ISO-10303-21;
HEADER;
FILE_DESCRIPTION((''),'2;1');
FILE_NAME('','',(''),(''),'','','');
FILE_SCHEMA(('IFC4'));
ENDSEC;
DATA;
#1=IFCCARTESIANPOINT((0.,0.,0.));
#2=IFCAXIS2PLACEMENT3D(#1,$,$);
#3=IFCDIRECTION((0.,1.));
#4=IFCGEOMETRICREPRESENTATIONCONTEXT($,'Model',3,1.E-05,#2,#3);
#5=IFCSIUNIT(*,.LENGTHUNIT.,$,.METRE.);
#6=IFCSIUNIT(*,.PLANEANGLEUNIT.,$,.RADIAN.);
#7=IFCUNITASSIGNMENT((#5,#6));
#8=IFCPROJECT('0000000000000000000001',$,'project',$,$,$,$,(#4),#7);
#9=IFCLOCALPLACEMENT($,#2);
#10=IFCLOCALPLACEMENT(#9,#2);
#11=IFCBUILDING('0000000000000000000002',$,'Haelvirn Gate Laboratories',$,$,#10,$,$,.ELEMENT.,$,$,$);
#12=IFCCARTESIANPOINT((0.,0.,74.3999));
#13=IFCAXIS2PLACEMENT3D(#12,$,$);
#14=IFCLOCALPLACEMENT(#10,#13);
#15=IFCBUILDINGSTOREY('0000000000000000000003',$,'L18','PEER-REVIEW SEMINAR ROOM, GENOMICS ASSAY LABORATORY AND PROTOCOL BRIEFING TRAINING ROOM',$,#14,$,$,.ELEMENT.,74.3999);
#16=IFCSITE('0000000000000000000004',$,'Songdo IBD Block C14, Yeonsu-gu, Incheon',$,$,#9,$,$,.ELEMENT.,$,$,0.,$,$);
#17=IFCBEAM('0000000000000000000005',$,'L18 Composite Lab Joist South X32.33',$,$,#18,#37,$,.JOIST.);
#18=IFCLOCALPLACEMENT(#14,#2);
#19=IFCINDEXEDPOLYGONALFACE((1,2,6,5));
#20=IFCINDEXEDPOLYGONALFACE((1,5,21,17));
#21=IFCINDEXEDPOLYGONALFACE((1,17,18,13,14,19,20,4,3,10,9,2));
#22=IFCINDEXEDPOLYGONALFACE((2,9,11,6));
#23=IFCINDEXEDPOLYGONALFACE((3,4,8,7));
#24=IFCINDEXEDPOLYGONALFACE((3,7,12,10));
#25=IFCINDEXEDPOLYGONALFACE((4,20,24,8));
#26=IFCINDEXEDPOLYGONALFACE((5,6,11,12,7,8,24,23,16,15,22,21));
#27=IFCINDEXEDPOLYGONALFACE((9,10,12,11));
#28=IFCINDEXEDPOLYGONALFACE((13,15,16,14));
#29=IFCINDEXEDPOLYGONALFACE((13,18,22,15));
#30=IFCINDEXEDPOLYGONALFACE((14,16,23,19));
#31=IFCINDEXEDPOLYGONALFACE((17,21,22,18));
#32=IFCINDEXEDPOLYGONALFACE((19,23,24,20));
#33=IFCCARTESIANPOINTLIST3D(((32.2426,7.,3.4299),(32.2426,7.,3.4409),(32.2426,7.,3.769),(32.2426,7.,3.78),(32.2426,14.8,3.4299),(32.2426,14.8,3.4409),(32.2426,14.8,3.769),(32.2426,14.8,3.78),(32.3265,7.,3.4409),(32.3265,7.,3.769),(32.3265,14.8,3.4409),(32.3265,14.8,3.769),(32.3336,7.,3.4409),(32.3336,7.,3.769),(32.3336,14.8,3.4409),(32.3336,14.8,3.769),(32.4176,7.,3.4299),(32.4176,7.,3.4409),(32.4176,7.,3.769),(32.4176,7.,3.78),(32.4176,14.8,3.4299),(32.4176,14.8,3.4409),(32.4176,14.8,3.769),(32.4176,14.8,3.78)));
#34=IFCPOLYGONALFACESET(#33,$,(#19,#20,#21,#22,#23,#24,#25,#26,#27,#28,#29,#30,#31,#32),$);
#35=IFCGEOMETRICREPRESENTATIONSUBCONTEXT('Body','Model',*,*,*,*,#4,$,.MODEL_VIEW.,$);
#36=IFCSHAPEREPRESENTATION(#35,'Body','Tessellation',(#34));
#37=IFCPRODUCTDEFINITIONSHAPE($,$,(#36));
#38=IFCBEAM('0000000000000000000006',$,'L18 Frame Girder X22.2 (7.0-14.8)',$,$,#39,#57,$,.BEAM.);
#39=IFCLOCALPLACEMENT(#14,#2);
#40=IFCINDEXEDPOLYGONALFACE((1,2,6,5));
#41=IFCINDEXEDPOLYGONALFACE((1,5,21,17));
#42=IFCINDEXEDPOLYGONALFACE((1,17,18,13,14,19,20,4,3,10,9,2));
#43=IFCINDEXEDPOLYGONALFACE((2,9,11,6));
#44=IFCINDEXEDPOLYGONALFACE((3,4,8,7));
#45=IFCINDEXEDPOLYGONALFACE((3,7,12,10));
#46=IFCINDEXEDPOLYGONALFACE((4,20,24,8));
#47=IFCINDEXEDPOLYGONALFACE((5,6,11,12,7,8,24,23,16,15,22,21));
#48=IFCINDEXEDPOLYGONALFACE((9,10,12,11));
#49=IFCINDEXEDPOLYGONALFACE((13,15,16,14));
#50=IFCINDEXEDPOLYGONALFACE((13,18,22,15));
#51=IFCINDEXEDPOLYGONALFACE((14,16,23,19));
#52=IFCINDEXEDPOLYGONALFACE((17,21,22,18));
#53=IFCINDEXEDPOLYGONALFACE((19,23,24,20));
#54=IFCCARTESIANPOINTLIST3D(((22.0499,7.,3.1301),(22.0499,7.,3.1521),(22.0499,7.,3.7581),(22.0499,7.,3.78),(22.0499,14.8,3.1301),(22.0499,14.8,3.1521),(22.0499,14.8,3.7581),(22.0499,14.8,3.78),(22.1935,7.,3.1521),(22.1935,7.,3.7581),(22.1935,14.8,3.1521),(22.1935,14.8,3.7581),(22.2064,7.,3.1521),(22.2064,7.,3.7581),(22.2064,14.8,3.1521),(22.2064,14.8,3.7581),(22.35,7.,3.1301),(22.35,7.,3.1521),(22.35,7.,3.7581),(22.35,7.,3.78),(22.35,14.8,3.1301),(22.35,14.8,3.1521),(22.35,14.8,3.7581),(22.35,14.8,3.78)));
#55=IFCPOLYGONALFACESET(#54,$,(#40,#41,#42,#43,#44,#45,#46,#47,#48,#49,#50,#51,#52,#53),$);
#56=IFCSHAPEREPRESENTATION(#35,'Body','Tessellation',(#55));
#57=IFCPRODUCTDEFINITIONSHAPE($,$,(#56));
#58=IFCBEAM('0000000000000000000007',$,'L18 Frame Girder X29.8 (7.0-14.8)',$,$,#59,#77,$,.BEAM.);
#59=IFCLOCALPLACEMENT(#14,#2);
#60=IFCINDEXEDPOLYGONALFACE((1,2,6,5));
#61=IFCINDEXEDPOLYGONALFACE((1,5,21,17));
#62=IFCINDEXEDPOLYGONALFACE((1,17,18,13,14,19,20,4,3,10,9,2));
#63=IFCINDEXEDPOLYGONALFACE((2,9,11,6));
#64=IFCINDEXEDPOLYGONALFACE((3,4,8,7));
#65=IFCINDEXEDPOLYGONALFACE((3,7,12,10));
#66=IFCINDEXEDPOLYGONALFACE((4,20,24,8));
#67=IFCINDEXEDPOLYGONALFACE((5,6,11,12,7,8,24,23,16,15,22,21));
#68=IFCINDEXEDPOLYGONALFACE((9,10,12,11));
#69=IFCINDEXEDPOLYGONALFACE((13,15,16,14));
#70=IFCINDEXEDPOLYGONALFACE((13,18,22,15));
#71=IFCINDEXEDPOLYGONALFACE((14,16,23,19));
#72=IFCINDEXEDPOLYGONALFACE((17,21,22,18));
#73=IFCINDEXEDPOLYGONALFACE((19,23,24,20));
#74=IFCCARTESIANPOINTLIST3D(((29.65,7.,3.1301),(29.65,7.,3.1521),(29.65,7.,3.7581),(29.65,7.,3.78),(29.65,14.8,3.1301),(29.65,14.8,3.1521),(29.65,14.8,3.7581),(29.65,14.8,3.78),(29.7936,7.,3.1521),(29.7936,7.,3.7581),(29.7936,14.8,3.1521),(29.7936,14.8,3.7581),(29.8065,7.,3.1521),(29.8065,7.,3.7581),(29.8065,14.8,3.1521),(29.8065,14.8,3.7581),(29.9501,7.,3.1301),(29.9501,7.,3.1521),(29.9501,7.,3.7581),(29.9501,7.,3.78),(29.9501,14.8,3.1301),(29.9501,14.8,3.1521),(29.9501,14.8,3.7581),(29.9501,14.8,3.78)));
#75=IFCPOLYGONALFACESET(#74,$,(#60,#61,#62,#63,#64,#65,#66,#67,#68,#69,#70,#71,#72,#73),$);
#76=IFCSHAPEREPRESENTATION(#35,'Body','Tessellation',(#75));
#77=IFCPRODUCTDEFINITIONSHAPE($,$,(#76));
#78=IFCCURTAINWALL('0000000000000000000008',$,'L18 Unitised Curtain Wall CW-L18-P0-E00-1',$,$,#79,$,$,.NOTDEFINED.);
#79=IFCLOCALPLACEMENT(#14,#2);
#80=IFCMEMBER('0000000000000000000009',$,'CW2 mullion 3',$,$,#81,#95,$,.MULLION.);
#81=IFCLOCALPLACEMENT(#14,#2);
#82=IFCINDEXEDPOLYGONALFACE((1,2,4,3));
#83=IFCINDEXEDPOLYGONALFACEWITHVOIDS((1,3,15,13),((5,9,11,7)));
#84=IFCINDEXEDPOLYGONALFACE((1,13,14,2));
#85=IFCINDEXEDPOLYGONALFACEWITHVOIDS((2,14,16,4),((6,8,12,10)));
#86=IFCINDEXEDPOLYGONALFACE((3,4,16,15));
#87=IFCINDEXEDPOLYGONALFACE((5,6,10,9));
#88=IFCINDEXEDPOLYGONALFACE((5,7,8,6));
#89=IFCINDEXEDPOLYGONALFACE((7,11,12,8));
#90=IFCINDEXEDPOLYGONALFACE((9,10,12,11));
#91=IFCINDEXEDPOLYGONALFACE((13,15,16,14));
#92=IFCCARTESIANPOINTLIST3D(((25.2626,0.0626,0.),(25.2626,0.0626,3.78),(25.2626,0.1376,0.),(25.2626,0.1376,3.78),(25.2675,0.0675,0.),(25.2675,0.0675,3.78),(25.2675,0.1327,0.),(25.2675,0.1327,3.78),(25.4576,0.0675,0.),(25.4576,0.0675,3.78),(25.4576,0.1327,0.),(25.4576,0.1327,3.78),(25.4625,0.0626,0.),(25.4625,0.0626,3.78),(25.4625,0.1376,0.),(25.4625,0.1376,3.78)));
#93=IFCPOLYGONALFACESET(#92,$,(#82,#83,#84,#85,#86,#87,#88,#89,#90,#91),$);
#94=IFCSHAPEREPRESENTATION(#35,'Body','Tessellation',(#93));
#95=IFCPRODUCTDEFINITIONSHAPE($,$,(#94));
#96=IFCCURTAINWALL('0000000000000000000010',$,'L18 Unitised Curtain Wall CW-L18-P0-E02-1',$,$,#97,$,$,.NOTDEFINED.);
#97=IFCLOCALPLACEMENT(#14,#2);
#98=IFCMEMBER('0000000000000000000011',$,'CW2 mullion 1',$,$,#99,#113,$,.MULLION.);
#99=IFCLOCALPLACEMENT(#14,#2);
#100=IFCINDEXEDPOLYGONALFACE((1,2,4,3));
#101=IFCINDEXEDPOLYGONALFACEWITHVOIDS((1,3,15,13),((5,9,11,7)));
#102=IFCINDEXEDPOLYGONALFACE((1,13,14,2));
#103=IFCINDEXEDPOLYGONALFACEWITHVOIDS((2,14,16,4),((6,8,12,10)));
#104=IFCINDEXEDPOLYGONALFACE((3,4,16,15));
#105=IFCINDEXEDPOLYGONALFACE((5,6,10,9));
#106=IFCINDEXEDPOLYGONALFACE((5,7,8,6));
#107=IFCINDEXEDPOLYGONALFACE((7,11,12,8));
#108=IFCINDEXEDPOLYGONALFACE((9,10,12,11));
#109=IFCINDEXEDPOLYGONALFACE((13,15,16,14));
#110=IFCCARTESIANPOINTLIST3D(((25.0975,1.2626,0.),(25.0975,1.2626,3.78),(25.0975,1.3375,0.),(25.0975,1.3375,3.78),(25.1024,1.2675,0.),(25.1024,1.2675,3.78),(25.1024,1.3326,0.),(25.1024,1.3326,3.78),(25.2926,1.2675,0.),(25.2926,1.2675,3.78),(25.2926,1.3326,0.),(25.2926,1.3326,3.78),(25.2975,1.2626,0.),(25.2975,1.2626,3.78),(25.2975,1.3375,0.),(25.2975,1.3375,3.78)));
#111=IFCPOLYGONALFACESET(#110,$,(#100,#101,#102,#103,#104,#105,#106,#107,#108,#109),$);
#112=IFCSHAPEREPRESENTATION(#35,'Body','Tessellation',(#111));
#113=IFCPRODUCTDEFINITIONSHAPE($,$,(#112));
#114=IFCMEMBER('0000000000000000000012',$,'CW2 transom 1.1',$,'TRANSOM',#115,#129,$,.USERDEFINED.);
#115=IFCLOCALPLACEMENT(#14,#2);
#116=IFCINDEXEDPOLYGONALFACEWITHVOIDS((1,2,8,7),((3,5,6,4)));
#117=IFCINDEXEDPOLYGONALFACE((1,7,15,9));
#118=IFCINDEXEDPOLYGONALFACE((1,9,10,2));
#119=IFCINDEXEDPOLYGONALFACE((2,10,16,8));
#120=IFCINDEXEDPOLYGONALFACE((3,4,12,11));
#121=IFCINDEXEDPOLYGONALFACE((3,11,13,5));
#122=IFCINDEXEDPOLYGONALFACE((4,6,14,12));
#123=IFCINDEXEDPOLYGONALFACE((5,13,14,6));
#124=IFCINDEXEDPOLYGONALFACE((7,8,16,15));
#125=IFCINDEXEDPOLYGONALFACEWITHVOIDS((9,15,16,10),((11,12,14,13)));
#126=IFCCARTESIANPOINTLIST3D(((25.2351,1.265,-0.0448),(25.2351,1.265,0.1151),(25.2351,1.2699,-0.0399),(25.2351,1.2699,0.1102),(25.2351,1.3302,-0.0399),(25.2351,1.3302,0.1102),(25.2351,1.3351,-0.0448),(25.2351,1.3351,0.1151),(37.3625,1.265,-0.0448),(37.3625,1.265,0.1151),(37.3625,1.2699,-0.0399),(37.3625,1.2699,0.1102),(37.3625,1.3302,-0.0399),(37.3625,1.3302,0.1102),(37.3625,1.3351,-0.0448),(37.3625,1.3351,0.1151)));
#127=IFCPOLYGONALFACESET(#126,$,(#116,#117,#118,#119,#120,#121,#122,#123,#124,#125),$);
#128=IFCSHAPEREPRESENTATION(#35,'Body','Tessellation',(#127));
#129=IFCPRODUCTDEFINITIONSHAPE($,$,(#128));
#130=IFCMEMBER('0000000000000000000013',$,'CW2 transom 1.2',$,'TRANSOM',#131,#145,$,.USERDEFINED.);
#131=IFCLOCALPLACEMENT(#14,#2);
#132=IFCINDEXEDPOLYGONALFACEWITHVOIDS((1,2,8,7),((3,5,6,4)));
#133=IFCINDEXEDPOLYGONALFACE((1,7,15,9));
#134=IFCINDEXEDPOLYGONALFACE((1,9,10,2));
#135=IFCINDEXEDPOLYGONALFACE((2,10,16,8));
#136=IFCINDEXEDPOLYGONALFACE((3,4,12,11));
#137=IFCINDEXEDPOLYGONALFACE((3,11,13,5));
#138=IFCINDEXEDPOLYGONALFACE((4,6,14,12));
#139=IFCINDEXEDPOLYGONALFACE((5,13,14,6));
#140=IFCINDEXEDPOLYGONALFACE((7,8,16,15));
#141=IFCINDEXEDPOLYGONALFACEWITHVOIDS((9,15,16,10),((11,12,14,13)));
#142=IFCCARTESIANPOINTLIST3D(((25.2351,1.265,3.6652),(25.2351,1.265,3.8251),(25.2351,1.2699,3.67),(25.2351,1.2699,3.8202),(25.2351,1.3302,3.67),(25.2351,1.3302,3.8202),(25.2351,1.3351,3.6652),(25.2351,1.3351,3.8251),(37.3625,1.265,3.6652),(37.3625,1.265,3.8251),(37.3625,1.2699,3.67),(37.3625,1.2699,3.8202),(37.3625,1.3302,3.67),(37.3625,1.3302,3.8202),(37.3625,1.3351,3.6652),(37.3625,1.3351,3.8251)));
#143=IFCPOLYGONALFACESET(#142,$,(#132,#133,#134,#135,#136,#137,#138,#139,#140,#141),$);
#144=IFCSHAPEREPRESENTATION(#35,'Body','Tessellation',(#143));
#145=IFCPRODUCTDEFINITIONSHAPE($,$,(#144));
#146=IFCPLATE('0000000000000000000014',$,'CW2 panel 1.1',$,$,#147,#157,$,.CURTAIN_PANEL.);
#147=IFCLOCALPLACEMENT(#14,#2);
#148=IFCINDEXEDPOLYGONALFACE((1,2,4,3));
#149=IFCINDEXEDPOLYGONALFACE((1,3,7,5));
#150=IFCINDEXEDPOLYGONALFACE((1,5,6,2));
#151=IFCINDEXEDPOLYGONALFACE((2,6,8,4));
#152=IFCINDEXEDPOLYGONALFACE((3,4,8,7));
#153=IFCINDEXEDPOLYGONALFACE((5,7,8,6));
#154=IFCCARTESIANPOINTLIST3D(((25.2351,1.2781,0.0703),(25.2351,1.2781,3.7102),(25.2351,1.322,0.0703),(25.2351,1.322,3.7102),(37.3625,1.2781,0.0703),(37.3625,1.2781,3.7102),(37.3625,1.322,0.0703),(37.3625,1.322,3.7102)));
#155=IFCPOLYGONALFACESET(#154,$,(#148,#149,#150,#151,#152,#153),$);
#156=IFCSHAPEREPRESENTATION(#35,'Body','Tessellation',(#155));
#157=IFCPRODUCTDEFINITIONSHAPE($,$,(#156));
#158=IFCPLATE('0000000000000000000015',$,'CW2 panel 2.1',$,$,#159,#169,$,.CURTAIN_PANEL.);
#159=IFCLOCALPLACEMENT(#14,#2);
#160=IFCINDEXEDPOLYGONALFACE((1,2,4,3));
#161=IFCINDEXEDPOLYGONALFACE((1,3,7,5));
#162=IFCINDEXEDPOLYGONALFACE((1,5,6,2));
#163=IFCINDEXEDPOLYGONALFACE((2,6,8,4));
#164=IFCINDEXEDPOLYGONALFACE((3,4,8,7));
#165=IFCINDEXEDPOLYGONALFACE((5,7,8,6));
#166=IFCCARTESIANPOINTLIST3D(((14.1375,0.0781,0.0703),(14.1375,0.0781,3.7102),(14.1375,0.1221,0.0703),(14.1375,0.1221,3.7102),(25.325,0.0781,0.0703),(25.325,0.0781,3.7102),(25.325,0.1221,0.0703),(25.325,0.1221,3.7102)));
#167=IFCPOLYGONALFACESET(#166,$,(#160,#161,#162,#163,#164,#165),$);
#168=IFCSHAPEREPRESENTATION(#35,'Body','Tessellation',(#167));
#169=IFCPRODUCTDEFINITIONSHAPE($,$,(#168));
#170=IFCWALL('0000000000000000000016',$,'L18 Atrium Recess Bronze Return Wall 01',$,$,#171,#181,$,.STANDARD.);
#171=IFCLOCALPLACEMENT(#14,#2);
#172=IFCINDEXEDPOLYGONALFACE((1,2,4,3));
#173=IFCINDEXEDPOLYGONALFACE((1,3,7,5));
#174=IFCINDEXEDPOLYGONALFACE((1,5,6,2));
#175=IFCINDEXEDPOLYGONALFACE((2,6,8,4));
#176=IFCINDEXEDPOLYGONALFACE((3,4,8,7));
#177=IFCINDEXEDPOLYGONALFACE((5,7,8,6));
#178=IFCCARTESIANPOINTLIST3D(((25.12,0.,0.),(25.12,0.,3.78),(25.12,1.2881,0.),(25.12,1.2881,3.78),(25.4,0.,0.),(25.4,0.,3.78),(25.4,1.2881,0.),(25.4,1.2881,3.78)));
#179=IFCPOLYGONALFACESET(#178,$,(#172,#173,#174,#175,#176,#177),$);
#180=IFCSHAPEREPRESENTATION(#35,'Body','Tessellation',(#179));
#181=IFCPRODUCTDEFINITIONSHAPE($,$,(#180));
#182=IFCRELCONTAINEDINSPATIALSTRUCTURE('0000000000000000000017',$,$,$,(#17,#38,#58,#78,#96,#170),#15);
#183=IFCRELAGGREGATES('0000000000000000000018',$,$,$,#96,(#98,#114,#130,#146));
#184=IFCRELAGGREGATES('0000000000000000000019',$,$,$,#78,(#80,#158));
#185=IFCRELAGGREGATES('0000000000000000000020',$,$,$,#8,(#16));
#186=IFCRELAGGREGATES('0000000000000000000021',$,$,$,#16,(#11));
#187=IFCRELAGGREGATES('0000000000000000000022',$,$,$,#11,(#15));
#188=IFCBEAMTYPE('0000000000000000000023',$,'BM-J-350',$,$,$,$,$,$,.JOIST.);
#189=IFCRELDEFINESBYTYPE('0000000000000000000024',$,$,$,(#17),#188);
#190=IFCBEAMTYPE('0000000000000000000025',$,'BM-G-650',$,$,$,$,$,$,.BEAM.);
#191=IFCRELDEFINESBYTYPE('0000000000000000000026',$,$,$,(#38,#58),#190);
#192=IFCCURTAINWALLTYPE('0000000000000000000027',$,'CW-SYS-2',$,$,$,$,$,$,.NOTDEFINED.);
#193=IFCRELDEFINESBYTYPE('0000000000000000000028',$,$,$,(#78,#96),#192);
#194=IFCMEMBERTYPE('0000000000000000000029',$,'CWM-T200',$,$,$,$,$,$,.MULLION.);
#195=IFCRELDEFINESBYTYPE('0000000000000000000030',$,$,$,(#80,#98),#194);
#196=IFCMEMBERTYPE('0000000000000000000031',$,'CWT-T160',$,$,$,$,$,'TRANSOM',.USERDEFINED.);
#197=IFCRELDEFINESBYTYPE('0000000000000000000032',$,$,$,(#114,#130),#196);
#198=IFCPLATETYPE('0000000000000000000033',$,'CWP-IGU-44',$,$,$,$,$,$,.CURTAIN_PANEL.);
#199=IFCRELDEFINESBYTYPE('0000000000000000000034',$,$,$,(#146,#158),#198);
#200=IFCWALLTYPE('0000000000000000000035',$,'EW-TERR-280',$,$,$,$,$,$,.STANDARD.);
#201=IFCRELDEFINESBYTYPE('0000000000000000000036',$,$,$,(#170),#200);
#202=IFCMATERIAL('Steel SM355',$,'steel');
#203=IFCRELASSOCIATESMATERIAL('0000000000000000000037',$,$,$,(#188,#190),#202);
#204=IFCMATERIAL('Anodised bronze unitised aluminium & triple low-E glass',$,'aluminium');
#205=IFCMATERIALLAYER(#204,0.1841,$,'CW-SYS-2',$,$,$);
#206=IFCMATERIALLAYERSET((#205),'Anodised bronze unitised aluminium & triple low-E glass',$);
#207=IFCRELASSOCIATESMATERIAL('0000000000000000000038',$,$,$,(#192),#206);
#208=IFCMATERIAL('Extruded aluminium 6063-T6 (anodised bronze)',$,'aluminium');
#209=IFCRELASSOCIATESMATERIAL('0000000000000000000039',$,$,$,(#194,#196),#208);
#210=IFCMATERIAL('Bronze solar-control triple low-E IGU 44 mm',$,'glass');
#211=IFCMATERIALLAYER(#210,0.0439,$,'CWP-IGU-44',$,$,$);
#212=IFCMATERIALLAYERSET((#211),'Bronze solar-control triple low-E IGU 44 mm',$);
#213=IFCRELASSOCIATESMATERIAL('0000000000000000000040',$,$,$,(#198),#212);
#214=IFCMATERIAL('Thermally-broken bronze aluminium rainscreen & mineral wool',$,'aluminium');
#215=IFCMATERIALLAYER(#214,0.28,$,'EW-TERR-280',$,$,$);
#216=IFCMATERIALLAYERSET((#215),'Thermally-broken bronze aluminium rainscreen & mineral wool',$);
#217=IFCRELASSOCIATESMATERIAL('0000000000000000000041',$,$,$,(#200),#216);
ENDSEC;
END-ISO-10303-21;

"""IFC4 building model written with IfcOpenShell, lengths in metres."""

from ifc_helpers import new_model, si_unit, direction, frame, frame_2d, origin, origin_2d, place, context, subcontext, project, spatial, rectangle, hollow_rectangle, i_section, extrude, source, transform, mapped, material, layer, layer_set, material_profile, profile_set, type_object, type_shapes, element, aggregate, save


model = new_model("IFC4")

# Units and contexts
model_context = context("Model", 3, precision=1e-05, world=origin(), true_north=direction((0.0, 1.0)))
body_context = subcontext(model_context, "Body", "Model", "MODEL_VIEW")
ifc_project = project(units=[si_unit("LENGTHUNIT", "METRE"), si_unit("PLANEANGLEUNIT", "RADIAN")], contexts=[model_context])

# Site, building, storey
site_placement = place(None, origin())
site = spatial("IfcSite", under=ifc_project, at=site_placement, Name="Songdo IBD Block C14, Yeonsu-gu, Incheon", CompositionType="ELEMENT", RefElevation=0.0)
building_placement = place(site_placement, origin())
building = spatial("IfcBuilding", under=site, at=building_placement, Name="Haelvirn Gate Laboratories", CompositionType="ELEMENT")
storey_placement = place(building_placement, frame((0.0, 0.0, 74.3999)))
storey = spatial("IfcBuildingStorey", under=building, at=storey_placement, Name="L18", Description="PEER-REVIEW SEMINAR ROOM, GENOMICS ASSAY LABORATORY AND PROTOCOL BRIEFING TRAINING ROOM", CompositionType="ELEMENT", Elevation=74.3999)

# Beams
ifc_material_1 = material(Name="Steel SM355", Category="steel")
ifc_material_profile_1 = material_profile(ifc_material_1, i_section(OverallWidth=0.175, OverallDepth=0.3501, WebThickness=0.0071, FlangeThickness=0.011, at=origin_2d()), Name="H-350x175x7x11")
ifc_profile_set_1 = profile_set([ifc_material_profile_1], Name="Steel SM355")
beam_type_1 = type_object("IfcBeamType", Name="BM-J-350", PredefinedType="JOIST", material=ifc_profile_set_1)
shared_shape_1 = source(origin(), body_context, "Body", "SweptSolid", [
    extrude(i_section(OverallWidth=0.175, OverallDepth=0.3501, WebThickness=0.0071, FlangeThickness=0.011, at=origin_2d()), origin(), (0.0, 0.0, 1.0), 7.8),
])
type_shapes(beam_type_1, [shared_shape_1])
for number, where, z_axis, x_axis, name in (
    (1, (32.3301, 7.0, 3.605), (0.0, 1.0, 0.0), (-1.0, 0.0, 0.0), "L18 Composite Lab Joist South X32.33"),
):
    element("IfcBeam", number, at=place(storey_placement, frame(where, z_axis=z_axis, x_axis=x_axis)), inside=storey, type_object=beam_type_1, Name=name, PredefinedType="JOIST", context=body_context, shape_type="MappedRepresentation", body=[
        mapped(shared_shape_1, transform((0.0, 0.0, 0.0), scale=1.0)),
    ])
ifc_material_profile_2 = material_profile(ifc_material_1, i_section(OverallWidth=0.3, OverallDepth=0.6499, WebThickness=0.0129, FlangeThickness=0.022, at=origin_2d()), Name="H-650x300x13x22")
ifc_profile_set_2 = profile_set([ifc_material_profile_2], Name="Steel SM355")
beam_type_2 = type_object("IfcBeamType", Name="BM-G-650", PredefinedType="BEAM", material=ifc_profile_set_2)
shared_shape_2 = source(origin(), body_context, "Body", "SweptSolid", [
    extrude(i_section(OverallWidth=0.3, OverallDepth=0.6499, WebThickness=0.0129, FlangeThickness=0.022, at=origin_2d()), origin(), (0.0, 0.0, 1.0), 7.8),
])
type_shapes(beam_type_2, [shared_shape_2])
for number, where, z_axis, x_axis, name in (
    (2, (22.2, 7.0, 3.4551), (0.0, 1.0, 0.0), (-1.0, 0.0, 0.0), "L18 Frame Girder X22.2 (7.0-14.8)"),
    (3, (29.8, 7.0, 3.4551), (0.0, 1.0, 0.0), (-1.0, 0.0, 0.0), "L18 Frame Girder X29.8 (7.0-14.8)"),
):
    element("IfcBeam", number, at=place(storey_placement, frame(where, z_axis=z_axis, x_axis=x_axis)), inside=storey, type_object=beam_type_2, Name=name, PredefinedType="BEAM", context=body_context, shape_type="MappedRepresentation", body=[
        mapped(shared_shape_2, transform((0.0, 0.0, 0.0), scale=1.0)),
    ])

# Curtain wall, member
ifc_material_2 = material(Name="Anodised bronze unitised aluminium & triple low-E glass", Category="aluminium")
ifc_layer_1 = layer(ifc_material_2, 0.1841, Name="CW-SYS-2")
ifc_layer_set_1 = layer_set([ifc_layer_1], Name="Anodised bronze unitised aluminium & triple low-E glass")
curtain_wall_type = type_object("IfcCurtainWallType", Name="CW-SYS-2", PredefinedType="NOTDEFINED", material=ifc_layer_set_1)
curtain_wall_1_placement = place(storey_placement, origin())
curtain_wall_1 = element("IfcCurtainWall", 4, at=curtain_wall_1_placement, inside=storey, type_object=curtain_wall_type, Name="L18 Unitised Curtain Wall CW-L18-P0-E00-1", PredefinedType="NOTDEFINED")
ifc_material_3 = material(Name="Extruded aluminium 6063-T6 (anodised bronze)", Category="aluminium")
ifc_material_profile_3 = material_profile(ifc_material_3, hollow_rectangle(XDim=0.075, YDim=0.2, WallThickness=0.0049, at=origin_2d()), Name="CWM-200x75x5")
ifc_profile_set_3 = profile_set([ifc_material_profile_3], Name="Extruded aluminium 6063-T6 (anodised bronze)")
member_type_1 = type_object("IfcMemberType", Name="CWM-T200", PredefinedType="MULLION", material=ifc_profile_set_3)
shared_shape_3 = source(origin(), body_context, "Body", "SweptSolid", [
    extrude(hollow_rectangle(XDim=0.075, YDim=0.2, WallThickness=0.0049, at=origin_2d()), origin(), (0.0, 0.0, 1.0), 3.78),
])
type_shapes(member_type_1, [shared_shape_3])
member_1_placement = place(storey_placement, frame((25.3625, 0.1001, 0.0), z_axis=(0.0, 0.0, 1.0), x_axis=(0.0, 1.0, 0.0)))
member_1 = element("IfcMember", 5, at=member_1_placement, type_object=member_type_1, Name="CW2 mullion 3", PredefinedType="MULLION", context=body_context, shape_type="MappedRepresentation", body=[
    mapped(shared_shape_3, transform((0.0, 0.0, 0.0), scale=1.0)),
])

# Curtain wall, members, plate
curtain_wall_2_placement = place(storey_placement, origin())
curtain_wall_2 = element("IfcCurtainWall", 6, at=curtain_wall_2_placement, inside=storey, type_object=curtain_wall_type, Name="L18 Unitised Curtain Wall CW-L18-P0-E02-1", PredefinedType="NOTDEFINED")
member_2_placement = place(storey_placement, frame((25.1975, 1.3, 0.0), z_axis=(0.0, 0.0, 1.0), x_axis=(0.0, 1.0, 0.0)))
member_2 = element("IfcMember", 7, at=member_2_placement, type_object=member_type_1, Name="CW2 mullion 1", PredefinedType="MULLION", context=body_context, shape_type="MappedRepresentation", body=[
    mapped(shared_shape_3, transform((0.0, 0.0, 0.0), scale=1.0)),
])
ifc_material_profile_4 = material_profile(ifc_material_3, hollow_rectangle(XDim=0.0701, YDim=0.1599, WallThickness=0.0049, at=origin_2d()), Name="CWT-160x70x5")
ifc_profile_set_4 = profile_set([ifc_material_profile_4], Name="Extruded aluminium 6063-T6 (anodised bronze)")
member_type_2 = type_object("IfcMemberType", Name="CWT-T160", ElementType="TRANSOM", PredefinedType="USERDEFINED", material=ifc_profile_set_4)
shared_shape_4 = source(origin(), body_context, "Body", "SweptSolid", [
    extrude(hollow_rectangle(XDim=0.0701, YDim=0.1599, WallThickness=0.0049, at=origin_2d()), origin(), (0.0, 0.0, 1.0), 12.1274),
])
type_shapes(member_type_2, [shared_shape_4])
member_3_placement = place(storey_placement, frame((25.2351, 1.3, 0.0352), z_axis=(1.0, 0.0, 0.0), x_axis=(0.0, 1.0, 0.0)))
member_3 = element("IfcMember", 8, at=member_3_placement, type_object=member_type_2, Name="CW2 transom 1.1", ObjectType="TRANSOM", PredefinedType="USERDEFINED", context=body_context, shape_type="MappedRepresentation", body=[
    mapped(shared_shape_4, transform((0.0, 0.0, 0.0), scale=1.0)),
])
member_4_placement = place(storey_placement, frame((25.2351, 1.3, 3.7451), z_axis=(1.0, 0.0, 0.0), x_axis=(0.0, 1.0, 0.0)))
member_4 = element("IfcMember", 9, at=member_4_placement, type_object=member_type_2, Name="CW2 transom 1.2", ObjectType="TRANSOM", PredefinedType="USERDEFINED", context=body_context, shape_type="MappedRepresentation", body=[
    mapped(shared_shape_4, transform((0.0, 0.0, 0.0), scale=1.0)),
])
ifc_material_4 = material(Name="Bronze solar-control triple low-E IGU 44 mm", Category="glass")
ifc_layer_2 = layer(ifc_material_4, 0.0439, Name="CWP-IGU-44")
ifc_layer_set_2 = layer_set([ifc_layer_2], Name="Bronze solar-control triple low-E IGU 44 mm")
plate_type = type_object("IfcPlateType", Name="CWP-IGU-44", PredefinedType="CURTAIN_PANEL", material=ifc_layer_set_2)
shared_shape_5 = source(origin(), body_context, "Body", "SweptSolid", [
    extrude(rectangle(XDim=12.1274, YDim=0.0439, at=origin_2d()), origin(), (0.0, 0.0, 1.0), 3.6399),
])
plate_1_placement = place(storey_placement, frame((31.2988, 1.3, 0.0703), z_axis=(0.0, 0.0, 1.0), x_axis=(1.0, 0.0, 0.0)))
plate_1 = element("IfcPlate", 10, at=plate_1_placement, type_object=plate_type, Name="CW2 panel 1.1", PredefinedType="CURTAIN_PANEL", context=body_context, shape_type="MappedRepresentation", body=[
    mapped(shared_shape_5, transform((0.0, 0.0, 0.0), scale=1.0)),
])
aggregate(curtain_wall_2, [member_2, member_3, member_4, plate_1])

# Plate
shared_shape_6 = source(origin(), body_context, "Body", "SweptSolid", [
    extrude(rectangle(XDim=11.1875, YDim=0.0439, at=origin_2d()), origin(), (0.0, 0.0, 1.0), 3.6399),
])
type_shapes(plate_type, [shared_shape_5, shared_shape_6])
plate_2_placement = place(storey_placement, frame((19.7312, 0.1001, 0.0703), z_axis=(0.0, 0.0, 1.0), x_axis=(1.0, 0.0, 0.0)))
plate_2 = element("IfcPlate", 11, at=plate_2_placement, type_object=plate_type, Name="CW2 panel 2.1", PredefinedType="CURTAIN_PANEL", context=body_context, shape_type="MappedRepresentation", body=[
    mapped(shared_shape_6, transform((0.0, 0.0, 0.0), scale=1.0)),
])
aggregate(curtain_wall_1, [member_1, plate_2])

# Wall
ifc_material_5 = material(Name="Thermally-broken bronze aluminium rainscreen & mineral wool", Category="aluminium")
ifc_layer_3 = layer(ifc_material_5, 0.28, Name="EW-TERR-280")
ifc_layer_set_3 = layer_set([ifc_layer_3], Name="Thermally-broken bronze aluminium rainscreen & mineral wool")
wall_type_1 = type_object("IfcWallType", Name="EW-TERR-280", PredefinedType="STANDARD", material=ifc_layer_set_3)
wall_1_placement = place(storey_placement, frame((25.26, 0.0, 0.0), z_axis=(0.0, 0.0, 1.0), x_axis=(0.0, 1.0, 0.0)))
element("IfcWall", 12, at=wall_1_placement, inside=storey, type_object=wall_type_1, Name="L18 Atrium Recess Bronze Return Wall 01", PredefinedType="STANDARD", context=body_context, shape_type="SweptSolid", body=[
    extrude(rectangle(XDim=1.2881, YDim=0.28, at=frame_2d((0.644, 0.0))), origin(), (0.0, 0.0, 1.0), 3.78),
])

save(model, "model.ifc")
